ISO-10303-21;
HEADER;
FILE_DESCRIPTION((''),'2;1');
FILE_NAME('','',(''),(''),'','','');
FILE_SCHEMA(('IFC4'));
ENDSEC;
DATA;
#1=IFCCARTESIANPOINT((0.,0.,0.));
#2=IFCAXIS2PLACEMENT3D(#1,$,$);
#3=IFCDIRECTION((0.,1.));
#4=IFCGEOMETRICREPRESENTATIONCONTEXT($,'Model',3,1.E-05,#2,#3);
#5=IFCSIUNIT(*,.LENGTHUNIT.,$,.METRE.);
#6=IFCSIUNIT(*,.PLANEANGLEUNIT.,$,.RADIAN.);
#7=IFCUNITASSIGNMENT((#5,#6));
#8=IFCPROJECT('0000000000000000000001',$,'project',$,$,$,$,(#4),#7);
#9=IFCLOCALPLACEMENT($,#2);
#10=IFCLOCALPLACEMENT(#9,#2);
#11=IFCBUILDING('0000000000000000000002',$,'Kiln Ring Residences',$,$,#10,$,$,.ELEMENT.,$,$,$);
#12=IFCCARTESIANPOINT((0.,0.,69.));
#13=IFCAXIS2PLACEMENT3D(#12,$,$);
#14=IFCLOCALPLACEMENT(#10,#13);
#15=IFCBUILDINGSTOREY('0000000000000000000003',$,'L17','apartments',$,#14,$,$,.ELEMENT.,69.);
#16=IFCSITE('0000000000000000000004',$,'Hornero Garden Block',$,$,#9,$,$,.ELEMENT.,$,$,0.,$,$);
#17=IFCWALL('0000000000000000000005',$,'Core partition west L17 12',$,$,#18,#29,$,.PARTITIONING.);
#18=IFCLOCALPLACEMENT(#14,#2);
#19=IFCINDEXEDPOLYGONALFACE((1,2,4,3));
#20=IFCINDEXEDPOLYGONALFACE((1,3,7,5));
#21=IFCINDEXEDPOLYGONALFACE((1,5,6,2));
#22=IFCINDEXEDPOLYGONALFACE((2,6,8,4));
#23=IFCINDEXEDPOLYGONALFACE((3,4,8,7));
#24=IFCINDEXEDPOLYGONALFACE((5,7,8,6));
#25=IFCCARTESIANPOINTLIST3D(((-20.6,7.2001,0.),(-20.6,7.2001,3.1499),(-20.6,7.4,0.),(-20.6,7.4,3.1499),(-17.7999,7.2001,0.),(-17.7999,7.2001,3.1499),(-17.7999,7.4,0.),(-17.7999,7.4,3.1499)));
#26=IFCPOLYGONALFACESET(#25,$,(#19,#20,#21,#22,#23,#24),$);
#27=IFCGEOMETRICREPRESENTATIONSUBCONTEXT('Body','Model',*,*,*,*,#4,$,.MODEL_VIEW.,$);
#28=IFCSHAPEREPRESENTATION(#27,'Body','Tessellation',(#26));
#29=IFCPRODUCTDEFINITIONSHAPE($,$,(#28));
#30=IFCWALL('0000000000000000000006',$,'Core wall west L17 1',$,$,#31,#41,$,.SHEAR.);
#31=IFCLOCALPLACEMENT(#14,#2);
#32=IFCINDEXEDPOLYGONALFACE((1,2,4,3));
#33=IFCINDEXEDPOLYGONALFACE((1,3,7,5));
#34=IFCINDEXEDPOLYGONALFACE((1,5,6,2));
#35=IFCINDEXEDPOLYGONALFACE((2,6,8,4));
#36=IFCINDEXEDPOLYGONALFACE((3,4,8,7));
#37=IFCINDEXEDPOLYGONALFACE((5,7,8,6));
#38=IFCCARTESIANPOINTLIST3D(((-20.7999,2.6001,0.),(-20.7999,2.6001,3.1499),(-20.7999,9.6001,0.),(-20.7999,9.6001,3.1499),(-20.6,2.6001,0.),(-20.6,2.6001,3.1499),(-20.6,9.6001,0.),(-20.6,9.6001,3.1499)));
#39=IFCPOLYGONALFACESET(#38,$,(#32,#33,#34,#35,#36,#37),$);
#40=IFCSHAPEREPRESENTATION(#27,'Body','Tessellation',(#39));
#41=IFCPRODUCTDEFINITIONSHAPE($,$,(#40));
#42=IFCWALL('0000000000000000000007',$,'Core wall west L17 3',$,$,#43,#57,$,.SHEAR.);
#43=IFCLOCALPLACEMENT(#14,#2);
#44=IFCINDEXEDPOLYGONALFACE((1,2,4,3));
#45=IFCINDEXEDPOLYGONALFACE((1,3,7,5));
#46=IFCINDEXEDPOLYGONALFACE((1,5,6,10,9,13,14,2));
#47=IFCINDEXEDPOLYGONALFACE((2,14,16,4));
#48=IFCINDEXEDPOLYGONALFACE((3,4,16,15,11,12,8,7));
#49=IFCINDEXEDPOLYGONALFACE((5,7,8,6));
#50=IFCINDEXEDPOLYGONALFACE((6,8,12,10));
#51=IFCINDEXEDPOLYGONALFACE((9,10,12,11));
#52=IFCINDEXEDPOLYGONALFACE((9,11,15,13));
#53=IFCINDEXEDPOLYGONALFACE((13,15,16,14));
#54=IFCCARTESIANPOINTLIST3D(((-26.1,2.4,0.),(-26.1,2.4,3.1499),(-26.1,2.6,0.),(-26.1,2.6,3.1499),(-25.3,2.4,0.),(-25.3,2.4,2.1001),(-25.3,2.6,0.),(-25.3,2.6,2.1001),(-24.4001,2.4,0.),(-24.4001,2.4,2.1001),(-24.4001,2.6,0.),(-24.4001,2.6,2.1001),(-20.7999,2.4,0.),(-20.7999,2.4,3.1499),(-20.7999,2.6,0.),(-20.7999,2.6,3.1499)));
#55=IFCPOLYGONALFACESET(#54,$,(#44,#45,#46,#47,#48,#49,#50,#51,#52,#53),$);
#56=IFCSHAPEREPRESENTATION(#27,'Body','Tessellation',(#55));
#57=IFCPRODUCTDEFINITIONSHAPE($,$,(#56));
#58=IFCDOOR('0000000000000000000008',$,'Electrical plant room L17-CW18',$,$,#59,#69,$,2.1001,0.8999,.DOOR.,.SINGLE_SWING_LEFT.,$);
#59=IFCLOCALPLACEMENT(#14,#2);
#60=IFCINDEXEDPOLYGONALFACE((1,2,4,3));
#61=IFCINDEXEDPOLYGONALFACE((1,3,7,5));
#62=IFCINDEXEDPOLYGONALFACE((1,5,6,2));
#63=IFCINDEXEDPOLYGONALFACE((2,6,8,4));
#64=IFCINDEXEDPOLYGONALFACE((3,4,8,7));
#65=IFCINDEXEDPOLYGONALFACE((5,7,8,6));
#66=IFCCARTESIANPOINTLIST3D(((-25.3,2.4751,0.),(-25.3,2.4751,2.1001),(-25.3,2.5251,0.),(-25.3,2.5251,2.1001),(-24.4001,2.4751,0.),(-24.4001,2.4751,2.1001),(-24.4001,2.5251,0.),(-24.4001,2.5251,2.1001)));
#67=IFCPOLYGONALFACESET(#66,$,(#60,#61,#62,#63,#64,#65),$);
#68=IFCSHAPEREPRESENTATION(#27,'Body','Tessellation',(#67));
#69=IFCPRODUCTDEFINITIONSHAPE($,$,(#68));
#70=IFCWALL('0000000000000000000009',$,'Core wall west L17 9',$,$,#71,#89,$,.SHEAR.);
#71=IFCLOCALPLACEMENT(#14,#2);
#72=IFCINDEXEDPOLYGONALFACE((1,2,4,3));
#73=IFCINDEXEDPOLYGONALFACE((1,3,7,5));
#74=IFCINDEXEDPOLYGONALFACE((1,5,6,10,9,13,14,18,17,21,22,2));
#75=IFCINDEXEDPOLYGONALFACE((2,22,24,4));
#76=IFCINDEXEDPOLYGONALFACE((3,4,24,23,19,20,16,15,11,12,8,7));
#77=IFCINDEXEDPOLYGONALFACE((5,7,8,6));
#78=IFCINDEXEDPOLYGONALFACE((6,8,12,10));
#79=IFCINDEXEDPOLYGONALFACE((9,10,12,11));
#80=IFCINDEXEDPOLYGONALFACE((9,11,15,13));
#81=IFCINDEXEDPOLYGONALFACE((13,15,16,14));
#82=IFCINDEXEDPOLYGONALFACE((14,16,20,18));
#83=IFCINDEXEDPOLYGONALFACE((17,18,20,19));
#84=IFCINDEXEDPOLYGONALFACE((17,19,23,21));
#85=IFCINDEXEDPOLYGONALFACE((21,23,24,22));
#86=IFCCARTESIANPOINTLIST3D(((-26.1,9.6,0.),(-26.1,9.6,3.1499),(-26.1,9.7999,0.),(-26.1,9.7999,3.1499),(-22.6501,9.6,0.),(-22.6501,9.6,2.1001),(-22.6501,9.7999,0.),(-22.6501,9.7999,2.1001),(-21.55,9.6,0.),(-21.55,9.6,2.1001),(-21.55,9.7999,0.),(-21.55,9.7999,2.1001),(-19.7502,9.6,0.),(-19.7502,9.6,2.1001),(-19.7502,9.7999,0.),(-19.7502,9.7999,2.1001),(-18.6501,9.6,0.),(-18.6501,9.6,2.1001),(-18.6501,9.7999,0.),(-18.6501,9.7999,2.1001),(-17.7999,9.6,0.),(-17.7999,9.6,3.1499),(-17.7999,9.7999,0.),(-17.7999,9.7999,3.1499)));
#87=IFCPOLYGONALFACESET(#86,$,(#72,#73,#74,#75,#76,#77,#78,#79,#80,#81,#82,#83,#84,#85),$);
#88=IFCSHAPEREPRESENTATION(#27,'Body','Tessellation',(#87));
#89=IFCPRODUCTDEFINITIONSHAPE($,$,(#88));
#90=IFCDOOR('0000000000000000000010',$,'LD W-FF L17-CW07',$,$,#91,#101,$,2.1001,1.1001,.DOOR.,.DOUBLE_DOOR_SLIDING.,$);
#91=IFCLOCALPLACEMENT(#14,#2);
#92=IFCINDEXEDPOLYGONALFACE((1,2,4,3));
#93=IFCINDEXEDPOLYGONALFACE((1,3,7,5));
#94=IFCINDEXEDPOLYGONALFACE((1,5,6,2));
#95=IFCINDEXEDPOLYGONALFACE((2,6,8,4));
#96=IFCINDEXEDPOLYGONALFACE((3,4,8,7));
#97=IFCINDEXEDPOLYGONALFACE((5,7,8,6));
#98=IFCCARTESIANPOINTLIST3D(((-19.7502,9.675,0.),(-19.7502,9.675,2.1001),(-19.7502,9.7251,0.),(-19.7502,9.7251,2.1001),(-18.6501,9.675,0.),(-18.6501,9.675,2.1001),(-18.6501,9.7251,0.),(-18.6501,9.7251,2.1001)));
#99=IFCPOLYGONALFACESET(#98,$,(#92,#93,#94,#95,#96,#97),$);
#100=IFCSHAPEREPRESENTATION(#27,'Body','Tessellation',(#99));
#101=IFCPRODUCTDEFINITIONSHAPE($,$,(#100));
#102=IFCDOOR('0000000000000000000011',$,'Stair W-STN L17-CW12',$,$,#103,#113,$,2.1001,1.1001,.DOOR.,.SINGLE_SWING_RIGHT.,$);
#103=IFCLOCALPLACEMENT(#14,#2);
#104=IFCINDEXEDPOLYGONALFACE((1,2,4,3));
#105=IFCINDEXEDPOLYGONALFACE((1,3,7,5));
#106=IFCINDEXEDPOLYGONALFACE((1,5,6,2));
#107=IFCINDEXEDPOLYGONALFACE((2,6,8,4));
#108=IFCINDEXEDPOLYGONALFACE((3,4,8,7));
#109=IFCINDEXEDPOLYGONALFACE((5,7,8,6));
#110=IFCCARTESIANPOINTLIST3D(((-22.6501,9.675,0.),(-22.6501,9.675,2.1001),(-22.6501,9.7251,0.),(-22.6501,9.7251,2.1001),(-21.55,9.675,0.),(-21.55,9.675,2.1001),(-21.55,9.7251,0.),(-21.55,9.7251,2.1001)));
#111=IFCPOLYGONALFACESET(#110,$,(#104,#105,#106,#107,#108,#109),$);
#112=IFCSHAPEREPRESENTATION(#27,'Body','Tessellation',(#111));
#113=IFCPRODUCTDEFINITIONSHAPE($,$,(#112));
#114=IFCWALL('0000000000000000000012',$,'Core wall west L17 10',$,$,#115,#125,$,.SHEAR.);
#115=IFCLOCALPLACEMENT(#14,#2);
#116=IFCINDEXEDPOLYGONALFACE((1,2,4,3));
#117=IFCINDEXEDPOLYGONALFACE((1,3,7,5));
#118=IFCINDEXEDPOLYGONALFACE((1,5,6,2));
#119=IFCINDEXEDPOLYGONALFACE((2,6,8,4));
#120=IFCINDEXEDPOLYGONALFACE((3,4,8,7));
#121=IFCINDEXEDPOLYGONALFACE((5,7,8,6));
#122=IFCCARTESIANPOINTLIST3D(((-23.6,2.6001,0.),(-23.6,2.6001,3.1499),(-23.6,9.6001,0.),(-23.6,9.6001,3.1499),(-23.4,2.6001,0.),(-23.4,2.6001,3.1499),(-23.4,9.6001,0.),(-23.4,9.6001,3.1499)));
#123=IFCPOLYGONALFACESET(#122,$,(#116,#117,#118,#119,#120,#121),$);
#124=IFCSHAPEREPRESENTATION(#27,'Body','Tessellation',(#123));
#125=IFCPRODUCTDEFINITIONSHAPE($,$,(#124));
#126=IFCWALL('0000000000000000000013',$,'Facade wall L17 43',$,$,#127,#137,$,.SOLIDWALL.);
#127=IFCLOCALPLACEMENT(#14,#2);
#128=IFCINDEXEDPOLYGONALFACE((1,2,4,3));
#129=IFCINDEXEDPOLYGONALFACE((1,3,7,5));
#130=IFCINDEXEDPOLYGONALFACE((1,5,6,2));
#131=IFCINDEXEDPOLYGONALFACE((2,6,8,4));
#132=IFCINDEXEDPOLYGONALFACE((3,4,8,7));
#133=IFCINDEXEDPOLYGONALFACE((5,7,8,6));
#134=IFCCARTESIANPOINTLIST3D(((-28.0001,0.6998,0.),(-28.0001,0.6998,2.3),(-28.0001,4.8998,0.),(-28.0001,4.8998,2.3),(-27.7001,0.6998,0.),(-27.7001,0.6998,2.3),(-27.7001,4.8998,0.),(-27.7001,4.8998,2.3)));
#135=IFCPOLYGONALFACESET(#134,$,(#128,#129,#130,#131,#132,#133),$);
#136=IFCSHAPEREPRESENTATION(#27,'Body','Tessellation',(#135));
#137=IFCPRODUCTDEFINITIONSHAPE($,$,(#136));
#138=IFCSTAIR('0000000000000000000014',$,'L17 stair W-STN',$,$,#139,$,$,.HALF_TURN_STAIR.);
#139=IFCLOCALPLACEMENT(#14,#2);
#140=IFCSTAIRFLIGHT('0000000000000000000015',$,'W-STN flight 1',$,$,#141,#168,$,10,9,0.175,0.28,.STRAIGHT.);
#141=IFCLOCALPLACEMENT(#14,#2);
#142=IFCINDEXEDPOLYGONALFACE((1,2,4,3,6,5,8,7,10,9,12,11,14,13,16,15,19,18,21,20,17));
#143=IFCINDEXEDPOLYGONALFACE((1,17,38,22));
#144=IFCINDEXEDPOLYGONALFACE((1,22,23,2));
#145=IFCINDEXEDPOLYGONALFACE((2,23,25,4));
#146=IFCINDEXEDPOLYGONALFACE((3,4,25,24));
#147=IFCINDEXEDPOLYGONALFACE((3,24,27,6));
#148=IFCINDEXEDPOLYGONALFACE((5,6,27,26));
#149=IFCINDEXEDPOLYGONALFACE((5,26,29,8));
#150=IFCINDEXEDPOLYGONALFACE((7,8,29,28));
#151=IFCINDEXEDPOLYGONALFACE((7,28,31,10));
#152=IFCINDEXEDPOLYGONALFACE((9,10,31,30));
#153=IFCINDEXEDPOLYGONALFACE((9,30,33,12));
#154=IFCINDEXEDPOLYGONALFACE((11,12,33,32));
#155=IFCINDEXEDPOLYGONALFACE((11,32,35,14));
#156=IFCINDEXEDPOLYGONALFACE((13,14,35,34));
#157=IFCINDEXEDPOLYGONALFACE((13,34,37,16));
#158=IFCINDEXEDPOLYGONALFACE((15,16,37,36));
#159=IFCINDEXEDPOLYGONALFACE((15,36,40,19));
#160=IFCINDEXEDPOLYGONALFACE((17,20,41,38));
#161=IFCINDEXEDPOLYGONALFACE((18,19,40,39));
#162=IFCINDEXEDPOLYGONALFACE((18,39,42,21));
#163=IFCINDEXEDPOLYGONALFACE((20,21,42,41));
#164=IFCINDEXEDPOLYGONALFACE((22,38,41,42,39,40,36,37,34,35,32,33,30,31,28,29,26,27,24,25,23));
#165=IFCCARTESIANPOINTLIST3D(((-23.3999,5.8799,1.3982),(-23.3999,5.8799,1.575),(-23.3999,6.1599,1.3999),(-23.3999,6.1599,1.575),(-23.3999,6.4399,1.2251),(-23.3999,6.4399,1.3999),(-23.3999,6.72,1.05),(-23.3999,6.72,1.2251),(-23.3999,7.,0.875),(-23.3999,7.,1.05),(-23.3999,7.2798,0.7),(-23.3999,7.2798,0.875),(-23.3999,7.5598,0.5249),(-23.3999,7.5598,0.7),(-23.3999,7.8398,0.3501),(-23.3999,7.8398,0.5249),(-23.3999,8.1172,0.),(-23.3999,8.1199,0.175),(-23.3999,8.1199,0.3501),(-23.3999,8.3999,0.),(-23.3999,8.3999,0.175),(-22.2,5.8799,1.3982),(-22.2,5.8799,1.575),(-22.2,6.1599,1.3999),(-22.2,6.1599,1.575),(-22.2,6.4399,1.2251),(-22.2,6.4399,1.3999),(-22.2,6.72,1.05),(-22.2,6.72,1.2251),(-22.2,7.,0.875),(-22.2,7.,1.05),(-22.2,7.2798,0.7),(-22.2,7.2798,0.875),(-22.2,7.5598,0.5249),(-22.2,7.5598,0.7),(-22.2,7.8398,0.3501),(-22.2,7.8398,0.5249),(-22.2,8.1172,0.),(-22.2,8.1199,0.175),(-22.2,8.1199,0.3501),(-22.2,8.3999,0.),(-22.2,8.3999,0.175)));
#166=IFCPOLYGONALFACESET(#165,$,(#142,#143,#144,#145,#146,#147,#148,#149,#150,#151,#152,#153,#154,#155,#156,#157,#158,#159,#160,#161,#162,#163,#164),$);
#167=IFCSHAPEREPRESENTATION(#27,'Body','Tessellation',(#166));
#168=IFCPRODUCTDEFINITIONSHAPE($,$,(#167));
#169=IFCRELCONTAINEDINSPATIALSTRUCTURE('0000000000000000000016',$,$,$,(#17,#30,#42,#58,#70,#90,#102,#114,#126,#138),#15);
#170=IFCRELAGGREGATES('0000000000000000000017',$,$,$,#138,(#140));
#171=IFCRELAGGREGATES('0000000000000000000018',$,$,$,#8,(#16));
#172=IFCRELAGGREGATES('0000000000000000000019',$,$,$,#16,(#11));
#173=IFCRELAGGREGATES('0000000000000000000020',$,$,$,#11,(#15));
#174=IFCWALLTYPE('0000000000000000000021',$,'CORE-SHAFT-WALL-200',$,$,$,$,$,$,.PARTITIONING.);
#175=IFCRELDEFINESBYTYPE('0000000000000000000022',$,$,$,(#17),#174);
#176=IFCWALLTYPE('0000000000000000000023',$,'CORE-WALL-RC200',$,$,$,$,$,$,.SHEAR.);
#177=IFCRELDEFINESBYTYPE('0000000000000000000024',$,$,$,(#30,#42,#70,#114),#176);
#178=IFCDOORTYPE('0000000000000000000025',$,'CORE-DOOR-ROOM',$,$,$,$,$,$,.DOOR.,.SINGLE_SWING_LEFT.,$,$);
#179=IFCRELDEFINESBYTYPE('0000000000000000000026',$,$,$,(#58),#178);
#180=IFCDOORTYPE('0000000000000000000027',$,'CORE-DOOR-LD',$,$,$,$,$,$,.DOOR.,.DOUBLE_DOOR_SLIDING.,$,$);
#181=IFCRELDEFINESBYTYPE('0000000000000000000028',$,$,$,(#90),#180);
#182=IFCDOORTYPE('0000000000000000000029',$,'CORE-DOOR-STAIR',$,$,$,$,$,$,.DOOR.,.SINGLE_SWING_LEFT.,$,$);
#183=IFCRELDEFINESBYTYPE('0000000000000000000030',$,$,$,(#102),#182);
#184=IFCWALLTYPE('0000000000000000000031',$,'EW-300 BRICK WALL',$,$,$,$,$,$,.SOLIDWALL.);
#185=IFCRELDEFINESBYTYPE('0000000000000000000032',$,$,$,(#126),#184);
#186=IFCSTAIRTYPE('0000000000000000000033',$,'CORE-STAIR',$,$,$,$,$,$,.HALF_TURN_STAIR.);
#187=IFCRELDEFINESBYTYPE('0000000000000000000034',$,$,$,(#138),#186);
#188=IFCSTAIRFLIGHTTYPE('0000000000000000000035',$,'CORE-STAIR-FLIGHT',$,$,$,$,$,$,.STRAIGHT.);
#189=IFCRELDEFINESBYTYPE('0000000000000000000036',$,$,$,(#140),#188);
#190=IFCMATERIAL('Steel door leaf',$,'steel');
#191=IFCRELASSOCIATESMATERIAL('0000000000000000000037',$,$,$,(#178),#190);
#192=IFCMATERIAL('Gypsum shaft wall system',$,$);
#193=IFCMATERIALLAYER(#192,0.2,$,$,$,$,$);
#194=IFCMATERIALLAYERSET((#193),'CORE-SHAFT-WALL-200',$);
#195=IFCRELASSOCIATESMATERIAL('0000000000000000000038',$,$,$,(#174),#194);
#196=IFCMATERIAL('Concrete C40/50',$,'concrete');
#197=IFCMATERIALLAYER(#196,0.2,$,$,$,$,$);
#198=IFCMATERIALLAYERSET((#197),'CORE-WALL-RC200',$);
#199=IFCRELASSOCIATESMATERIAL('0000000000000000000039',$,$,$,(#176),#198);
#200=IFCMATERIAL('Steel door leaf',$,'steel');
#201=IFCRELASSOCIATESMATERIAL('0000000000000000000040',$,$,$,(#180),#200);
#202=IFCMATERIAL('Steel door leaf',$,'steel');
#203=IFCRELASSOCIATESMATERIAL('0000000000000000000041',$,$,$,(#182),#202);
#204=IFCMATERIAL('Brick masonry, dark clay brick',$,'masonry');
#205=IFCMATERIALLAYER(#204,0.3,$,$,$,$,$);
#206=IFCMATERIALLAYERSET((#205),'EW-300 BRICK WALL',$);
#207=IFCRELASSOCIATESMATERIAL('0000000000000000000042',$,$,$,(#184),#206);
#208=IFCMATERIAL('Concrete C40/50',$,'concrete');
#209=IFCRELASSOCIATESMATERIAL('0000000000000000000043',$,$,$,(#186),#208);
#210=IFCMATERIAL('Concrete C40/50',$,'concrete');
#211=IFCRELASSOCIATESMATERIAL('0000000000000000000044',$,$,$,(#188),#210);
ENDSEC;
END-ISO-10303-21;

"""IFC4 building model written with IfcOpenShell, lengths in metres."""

from ifc_helpers import new_model, si_unit, direction, frame, frame_2d, origin, place, context, subcontext, project, spatial, polyline, rectangle, outline, extrude, material, layer, layer_set, type_object, element, fill, aggregate, save


model = new_model("IFC4")

# Units and contexts
model_context = context("Model", 3, precision=1e-05, world=origin(), true_north=direction((0.0, 1.0)))
body_context = subcontext(model_context, "Body", "Model", "MODEL_VIEW")
ifc_project = project(units=[si_unit("LENGTHUNIT", "METRE"), si_unit("PLANEANGLEUNIT", "RADIAN")], contexts=[model_context])

# Site, building, storey
site_placement = place(None, origin())
site = spatial("IfcSite", under=ifc_project, at=site_placement, Name="Hornero Garden Block", CompositionType="ELEMENT", RefElevation=0.0)
building_placement = place(site_placement, origin())
building = spatial("IfcBuilding", under=site, at=building_placement, Name="Kiln Ring Residences", CompositionType="ELEMENT")
storey_placement = place(building_placement, frame((0.0, 0.0, 69.0)))
storey = spatial("IfcBuildingStorey", under=building, at=storey_placement, Name="L17", Description="apartments", CompositionType="ELEMENT", Elevation=69.0)

# Shared definitions
ifc_material_1 = material(Name="Steel door leaf", Category="steel")
door_type_1 = type_object("IfcDoorType", Name="CORE-DOOR-ROOM", OperationType="SINGLE_SWING_LEFT", PredefinedType="DOOR", material=ifc_material_1)

# Shared definitions
ifc_material_2 = material(Name="Gypsum shaft wall system")
ifc_layer_1 = layer(ifc_material_2, 0.2)
ifc_layer_set_1 = layer_set([ifc_layer_1], Name="CORE-SHAFT-WALL-200")
wall_type_1 = type_object("IfcWallType", Name="CORE-SHAFT-WALL-200", PredefinedType="PARTITIONING", material=ifc_layer_set_1)

# Walls
wall_1_placement = place(storey_placement, frame((-17.8, 7.3, 0.0), z_axis=(0.0, 0.0, 1.0), x_axis=(-1.0, 0.0, 0.0)))
element("IfcWall", 1, at=wall_1_placement, inside=storey, type_object=wall_type_1, Name="Core partition west L17 12", PredefinedType="PARTITIONING", context=body_context, shape_type="SweptSolid", body=[
    extrude(rectangle(XDim=2.8, YDim=0.2, at=frame_2d((1.3999, 0.0))), origin(), (0.0, 0.0, 1.0), 3.1499),
])
ifc_material_3 = material(Name="Concrete C40/50", Category="concrete")
ifc_layer_2 = layer(ifc_material_3, 0.2)
ifc_layer_set_2 = layer_set([ifc_layer_2], Name="CORE-WALL-RC200")
wall_type_2 = type_object("IfcWallType", Name="CORE-WALL-RC200", PredefinedType="SHEAR", material=ifc_layer_set_2)
wall_2_placement = place(storey_placement, frame((-20.7, 2.6001, 0.0), z_axis=(0.0, 0.0, 1.0), x_axis=(0.0, 1.0, 0.0)))
element("IfcWall", 2, at=wall_2_placement, inside=storey, type_object=wall_type_2, Name="Core wall west L17 1", PredefinedType="SHEAR", context=body_context, shape_type="SweptSolid", body=[
    extrude(rectangle(XDim=7.0, YDim=0.2, at=frame_2d((3.5, 0.0))), origin(), (0.0, 0.0, 1.0), 3.1499),
])

# Wall, opening, door
wall_3_placement = place(storey_placement, frame((-20.8, 2.5, 0.0), z_axis=(0.0, 0.0, 1.0), x_axis=(-1.0, 0.0, 0.0)))
wall_3 = element("IfcWall", 3, at=wall_3_placement, inside=storey, type_object=wall_type_2, Name="Core wall west L17 3", PredefinedType="SHEAR", context=body_context, shape_type="SweptSolid", body=[
    extrude(rectangle(XDim=5.3, YDim=0.2, at=frame_2d((2.6499, 0.0))), origin(), (0.0, 0.0, 1.0), 3.1499),
])
opening_1_placement = place(wall_3_placement, frame((3.6001, 0.0, 0.0)))
opening_1 = element("IfcOpeningElement", 4, at=opening_1_placement, cuts=wall_3, PredefinedType="OPENING", context=body_context, shape_type="SweptSolid", body=[
    extrude(rectangle(XDim=0.8999, YDim=2.1001, at=frame_2d((0.45, 1.05))), frame((0.0, 0.1099, 0.0), z_axis=(0.0, -1.0, 0.0), x_axis=(1.0, 0.0, 0.0)), (0.0, 0.0, 1.0), 0.22),
])
door_1_placement = place(opening_1_placement, origin())
door_1 = element("IfcDoor", 5, at=door_1_placement, inside=storey, type_object=door_type_1, Name="Electrical plant room L17-CW18", OperationType="SINGLE_SWING_LEFT", OverallHeight=2.1001, OverallWidth=0.8999, PredefinedType="DOOR", context=body_context, shape_type="SweptSolid", body=[
    extrude(rectangle(XDim=0.8999, YDim=2.1001, at=frame_2d((0.45, 1.05))), frame((0.0, 0.0249, 0.0), z_axis=(0.0, -1.0, 0.0), x_axis=(1.0, 0.0, 0.0)), (0.0, 0.0, 1.0), 0.05),
])
fill(opening_1, door_1)

# Wall, openings, doors
wall_4_placement = place(storey_placement, frame((-17.8, 9.7, 0.0), z_axis=(0.0, 0.0, 1.0), x_axis=(-1.0, 0.0, 0.0)))
wall_4 = element("IfcWall", 6, at=wall_4_placement, inside=storey, type_object=wall_type_2, Name="Core wall west L17 9", PredefinedType="SHEAR", context=body_context, shape_type="SweptSolid", body=[
    extrude(rectangle(XDim=8.3, YDim=0.2, at=frame_2d((4.1499, 0.0))), origin(), (0.0, 0.0, 1.0), 3.1499),
])
opening_2_placement = place(wall_4_placement, frame((0.8501, 0.0, 0.0)))
opening_2 = element("IfcOpeningElement", 7, at=opening_2_placement, cuts=wall_4, PredefinedType="OPENING", context=body_context, shape_type="SweptSolid", body=[
    extrude(rectangle(XDim=1.1001, YDim=2.1001, at=frame_2d((0.55, 1.05))), frame((0.0, 0.1099, 0.0), z_axis=(0.0, -1.0, 0.0), x_axis=(1.0, 0.0, 0.0)), (0.0, 0.0, 1.0), 0.22),
])
opening_3_placement = place(wall_4_placement, frame((3.75, 0.0, 0.0)))
opening_3 = element("IfcOpeningElement", 8, at=opening_3_placement, cuts=wall_4, PredefinedType="OPENING", context=body_context, shape_type="SweptSolid", body=[
    extrude(rectangle(XDim=1.1001, YDim=2.1001, at=frame_2d((0.55, 1.05))), frame((0.0, 0.1099, 0.0), z_axis=(0.0, -1.0, 0.0), x_axis=(1.0, 0.0, 0.0)), (0.0, 0.0, 1.0), 0.22),
])
ifc_material_4 = material(Name="Steel door leaf", Category="steel")
door_type_2 = type_object("IfcDoorType", Name="CORE-DOOR-LD", OperationType="DOUBLE_DOOR_SLIDING", PredefinedType="DOOR", material=ifc_material_4)
door_2_placement = place(opening_2_placement, origin())
door_2 = element("IfcDoor", 9, at=door_2_placement, inside=storey, type_object=door_type_2, Name="LD W-FF L17-CW07", OperationType="DOUBLE_DOOR_SLIDING", OverallHeight=2.1001, OverallWidth=1.1001, PredefinedType="DOOR", context=body_context, shape_type="SweptSolid", body=[
    extrude(rectangle(XDim=1.1001, YDim=2.1001, at=frame_2d((0.55, 1.05))), frame((0.0, 0.0249, 0.0), z_axis=(0.0, -1.0, 0.0), x_axis=(1.0, 0.0, 0.0)), (0.0, 0.0, 1.0), 0.05),
])
fill(opening_2, door_2)
ifc_material_5 = material(Name="Steel door leaf", Category="steel")
door_type_3 = type_object("IfcDoorType", Name="CORE-DOOR-STAIR", OperationType="SINGLE_SWING_LEFT", PredefinedType="DOOR", material=ifc_material_5)
door_3_placement = place(opening_3_placement, origin())
door_3 = element("IfcDoor", 10, at=door_3_placement, inside=storey, type_object=door_type_3, Name="Stair W-STN L17-CW12", OperationType="SINGLE_SWING_RIGHT", OverallHeight=2.1001, OverallWidth=1.1001, PredefinedType="DOOR", context=body_context, shape_type="SweptSolid", body=[
    extrude(rectangle(XDim=1.1001, YDim=2.1001, at=frame_2d((0.55, 1.05))), frame((0.0, 0.0249, 0.0), z_axis=(0.0, -1.0, 0.0), x_axis=(1.0, 0.0, 0.0)), (0.0, 0.0, 1.0), 0.05),
])
fill(opening_3, door_3)

# Walls
wall_5_placement = place(storey_placement, frame((-23.5, 2.6001, 0.0), z_axis=(0.0, 0.0, 1.0), x_axis=(0.0, 1.0, 0.0)))
element("IfcWall", 11, at=wall_5_placement, inside=storey, type_object=wall_type_2, Name="Core wall west L17 10", PredefinedType="SHEAR", context=body_context, shape_type="SweptSolid", body=[
    extrude(rectangle(XDim=7.0, YDim=0.2, at=frame_2d((3.5, 0.0))), origin(), (0.0, 0.0, 1.0), 3.1499),
])
ifc_material_6 = material(Name="Brick masonry, dark clay brick", Category="masonry")
ifc_layer_3 = layer(ifc_material_6, 0.3)
ifc_layer_set_3 = layer_set([ifc_layer_3], Name="EW-300 BRICK WALL")
wall_type_3 = type_object("IfcWallType", Name="EW-300 BRICK WALL", PredefinedType="SOLIDWALL", material=ifc_layer_set_3)
wall_6_placement = place(storey_placement, frame((-27.8501, 4.8999, 0.0), z_axis=(0.0, 0.0, 1.0), x_axis=(0.0, -1.0, 0.0)))
element("IfcWall", 12, at=wall_6_placement, inside=storey, type_object=wall_type_3, Name="Facade wall L17 43", PredefinedType="SOLIDWALL", context=body_context, shape_type="SweptSolid", body=[
    extrude(rectangle(XDim=4.2, YDim=0.3, at=frame_2d((2.1001, 0.0))), origin(), (0.0, 0.0, 1.0), 2.3),
])

# Stair, stair flight
ifc_material_7 = material(Name="Concrete C40/50", Category="concrete")
stair_type = type_object("IfcStairType", Name="CORE-STAIR", PredefinedType="HALF_TURN_STAIR", material=ifc_material_7)
stair_placement = place(storey_placement, origin())
stair = element("IfcStair", 13, at=stair_placement, inside=storey, type_object=stair_type, Name="L17 stair W-STN", PredefinedType="HALF_TURN_STAIR")
ifc_material_8 = material(Name="Concrete C40/50", Category="concrete")
stair_flight_type = type_object("IfcStairFlightType", Name="CORE-STAIR-FLIGHT", PredefinedType="STRAIGHT", material=ifc_material_8)
stair_flight_1_placement = place(storey_placement, frame((-22.8, 8.3999, 0.0), z_axis=(0.0, 0.0, 1.0), x_axis=(0.0, -1.0, 0.0)))
stair_flight_1 = element("IfcStairFlight", 14, at=stair_flight_1_placement, type_object=stair_flight_type, Name="W-STN flight 1", NumberOfRisers=10, NumberOfTreads=9, PredefinedType="STRAIGHT", RiserHeight=0.175, TreadLength=0.28, context=body_context, shape_type="SweptSolid", body=[
    extrude(outline(polyline([(0.0, 0.0), (0.0, 0.175), (0.28, 0.175), (0.28, 0.3501), (0.5601, 0.3501), (0.5601, 0.5249), (0.8401, 0.5249), (0.8401, 0.7), (1.1201, 0.7), (1.1201, 0.875), (1.3999, 0.875), (1.3999, 1.05), (1.6799, 1.05), (1.6799, 1.2251), (1.96, 1.2251), (1.96, 1.3999), (2.24, 1.3999), (2.24, 1.575), (2.52, 1.575), (2.52, 1.75), (2.52, 1.3982), (0.2827, 0.0), (0.0, 0.0)])), frame((0.0, 0.6001, 0.0), z_axis=(0.0, -1.0, 0.0), x_axis=(1.0, 0.0, 0.0)), (0.0, 0.0, 1.0), 1.2),
])
aggregate(stair, [stair_flight_1])

save(model, "model.ifc")
